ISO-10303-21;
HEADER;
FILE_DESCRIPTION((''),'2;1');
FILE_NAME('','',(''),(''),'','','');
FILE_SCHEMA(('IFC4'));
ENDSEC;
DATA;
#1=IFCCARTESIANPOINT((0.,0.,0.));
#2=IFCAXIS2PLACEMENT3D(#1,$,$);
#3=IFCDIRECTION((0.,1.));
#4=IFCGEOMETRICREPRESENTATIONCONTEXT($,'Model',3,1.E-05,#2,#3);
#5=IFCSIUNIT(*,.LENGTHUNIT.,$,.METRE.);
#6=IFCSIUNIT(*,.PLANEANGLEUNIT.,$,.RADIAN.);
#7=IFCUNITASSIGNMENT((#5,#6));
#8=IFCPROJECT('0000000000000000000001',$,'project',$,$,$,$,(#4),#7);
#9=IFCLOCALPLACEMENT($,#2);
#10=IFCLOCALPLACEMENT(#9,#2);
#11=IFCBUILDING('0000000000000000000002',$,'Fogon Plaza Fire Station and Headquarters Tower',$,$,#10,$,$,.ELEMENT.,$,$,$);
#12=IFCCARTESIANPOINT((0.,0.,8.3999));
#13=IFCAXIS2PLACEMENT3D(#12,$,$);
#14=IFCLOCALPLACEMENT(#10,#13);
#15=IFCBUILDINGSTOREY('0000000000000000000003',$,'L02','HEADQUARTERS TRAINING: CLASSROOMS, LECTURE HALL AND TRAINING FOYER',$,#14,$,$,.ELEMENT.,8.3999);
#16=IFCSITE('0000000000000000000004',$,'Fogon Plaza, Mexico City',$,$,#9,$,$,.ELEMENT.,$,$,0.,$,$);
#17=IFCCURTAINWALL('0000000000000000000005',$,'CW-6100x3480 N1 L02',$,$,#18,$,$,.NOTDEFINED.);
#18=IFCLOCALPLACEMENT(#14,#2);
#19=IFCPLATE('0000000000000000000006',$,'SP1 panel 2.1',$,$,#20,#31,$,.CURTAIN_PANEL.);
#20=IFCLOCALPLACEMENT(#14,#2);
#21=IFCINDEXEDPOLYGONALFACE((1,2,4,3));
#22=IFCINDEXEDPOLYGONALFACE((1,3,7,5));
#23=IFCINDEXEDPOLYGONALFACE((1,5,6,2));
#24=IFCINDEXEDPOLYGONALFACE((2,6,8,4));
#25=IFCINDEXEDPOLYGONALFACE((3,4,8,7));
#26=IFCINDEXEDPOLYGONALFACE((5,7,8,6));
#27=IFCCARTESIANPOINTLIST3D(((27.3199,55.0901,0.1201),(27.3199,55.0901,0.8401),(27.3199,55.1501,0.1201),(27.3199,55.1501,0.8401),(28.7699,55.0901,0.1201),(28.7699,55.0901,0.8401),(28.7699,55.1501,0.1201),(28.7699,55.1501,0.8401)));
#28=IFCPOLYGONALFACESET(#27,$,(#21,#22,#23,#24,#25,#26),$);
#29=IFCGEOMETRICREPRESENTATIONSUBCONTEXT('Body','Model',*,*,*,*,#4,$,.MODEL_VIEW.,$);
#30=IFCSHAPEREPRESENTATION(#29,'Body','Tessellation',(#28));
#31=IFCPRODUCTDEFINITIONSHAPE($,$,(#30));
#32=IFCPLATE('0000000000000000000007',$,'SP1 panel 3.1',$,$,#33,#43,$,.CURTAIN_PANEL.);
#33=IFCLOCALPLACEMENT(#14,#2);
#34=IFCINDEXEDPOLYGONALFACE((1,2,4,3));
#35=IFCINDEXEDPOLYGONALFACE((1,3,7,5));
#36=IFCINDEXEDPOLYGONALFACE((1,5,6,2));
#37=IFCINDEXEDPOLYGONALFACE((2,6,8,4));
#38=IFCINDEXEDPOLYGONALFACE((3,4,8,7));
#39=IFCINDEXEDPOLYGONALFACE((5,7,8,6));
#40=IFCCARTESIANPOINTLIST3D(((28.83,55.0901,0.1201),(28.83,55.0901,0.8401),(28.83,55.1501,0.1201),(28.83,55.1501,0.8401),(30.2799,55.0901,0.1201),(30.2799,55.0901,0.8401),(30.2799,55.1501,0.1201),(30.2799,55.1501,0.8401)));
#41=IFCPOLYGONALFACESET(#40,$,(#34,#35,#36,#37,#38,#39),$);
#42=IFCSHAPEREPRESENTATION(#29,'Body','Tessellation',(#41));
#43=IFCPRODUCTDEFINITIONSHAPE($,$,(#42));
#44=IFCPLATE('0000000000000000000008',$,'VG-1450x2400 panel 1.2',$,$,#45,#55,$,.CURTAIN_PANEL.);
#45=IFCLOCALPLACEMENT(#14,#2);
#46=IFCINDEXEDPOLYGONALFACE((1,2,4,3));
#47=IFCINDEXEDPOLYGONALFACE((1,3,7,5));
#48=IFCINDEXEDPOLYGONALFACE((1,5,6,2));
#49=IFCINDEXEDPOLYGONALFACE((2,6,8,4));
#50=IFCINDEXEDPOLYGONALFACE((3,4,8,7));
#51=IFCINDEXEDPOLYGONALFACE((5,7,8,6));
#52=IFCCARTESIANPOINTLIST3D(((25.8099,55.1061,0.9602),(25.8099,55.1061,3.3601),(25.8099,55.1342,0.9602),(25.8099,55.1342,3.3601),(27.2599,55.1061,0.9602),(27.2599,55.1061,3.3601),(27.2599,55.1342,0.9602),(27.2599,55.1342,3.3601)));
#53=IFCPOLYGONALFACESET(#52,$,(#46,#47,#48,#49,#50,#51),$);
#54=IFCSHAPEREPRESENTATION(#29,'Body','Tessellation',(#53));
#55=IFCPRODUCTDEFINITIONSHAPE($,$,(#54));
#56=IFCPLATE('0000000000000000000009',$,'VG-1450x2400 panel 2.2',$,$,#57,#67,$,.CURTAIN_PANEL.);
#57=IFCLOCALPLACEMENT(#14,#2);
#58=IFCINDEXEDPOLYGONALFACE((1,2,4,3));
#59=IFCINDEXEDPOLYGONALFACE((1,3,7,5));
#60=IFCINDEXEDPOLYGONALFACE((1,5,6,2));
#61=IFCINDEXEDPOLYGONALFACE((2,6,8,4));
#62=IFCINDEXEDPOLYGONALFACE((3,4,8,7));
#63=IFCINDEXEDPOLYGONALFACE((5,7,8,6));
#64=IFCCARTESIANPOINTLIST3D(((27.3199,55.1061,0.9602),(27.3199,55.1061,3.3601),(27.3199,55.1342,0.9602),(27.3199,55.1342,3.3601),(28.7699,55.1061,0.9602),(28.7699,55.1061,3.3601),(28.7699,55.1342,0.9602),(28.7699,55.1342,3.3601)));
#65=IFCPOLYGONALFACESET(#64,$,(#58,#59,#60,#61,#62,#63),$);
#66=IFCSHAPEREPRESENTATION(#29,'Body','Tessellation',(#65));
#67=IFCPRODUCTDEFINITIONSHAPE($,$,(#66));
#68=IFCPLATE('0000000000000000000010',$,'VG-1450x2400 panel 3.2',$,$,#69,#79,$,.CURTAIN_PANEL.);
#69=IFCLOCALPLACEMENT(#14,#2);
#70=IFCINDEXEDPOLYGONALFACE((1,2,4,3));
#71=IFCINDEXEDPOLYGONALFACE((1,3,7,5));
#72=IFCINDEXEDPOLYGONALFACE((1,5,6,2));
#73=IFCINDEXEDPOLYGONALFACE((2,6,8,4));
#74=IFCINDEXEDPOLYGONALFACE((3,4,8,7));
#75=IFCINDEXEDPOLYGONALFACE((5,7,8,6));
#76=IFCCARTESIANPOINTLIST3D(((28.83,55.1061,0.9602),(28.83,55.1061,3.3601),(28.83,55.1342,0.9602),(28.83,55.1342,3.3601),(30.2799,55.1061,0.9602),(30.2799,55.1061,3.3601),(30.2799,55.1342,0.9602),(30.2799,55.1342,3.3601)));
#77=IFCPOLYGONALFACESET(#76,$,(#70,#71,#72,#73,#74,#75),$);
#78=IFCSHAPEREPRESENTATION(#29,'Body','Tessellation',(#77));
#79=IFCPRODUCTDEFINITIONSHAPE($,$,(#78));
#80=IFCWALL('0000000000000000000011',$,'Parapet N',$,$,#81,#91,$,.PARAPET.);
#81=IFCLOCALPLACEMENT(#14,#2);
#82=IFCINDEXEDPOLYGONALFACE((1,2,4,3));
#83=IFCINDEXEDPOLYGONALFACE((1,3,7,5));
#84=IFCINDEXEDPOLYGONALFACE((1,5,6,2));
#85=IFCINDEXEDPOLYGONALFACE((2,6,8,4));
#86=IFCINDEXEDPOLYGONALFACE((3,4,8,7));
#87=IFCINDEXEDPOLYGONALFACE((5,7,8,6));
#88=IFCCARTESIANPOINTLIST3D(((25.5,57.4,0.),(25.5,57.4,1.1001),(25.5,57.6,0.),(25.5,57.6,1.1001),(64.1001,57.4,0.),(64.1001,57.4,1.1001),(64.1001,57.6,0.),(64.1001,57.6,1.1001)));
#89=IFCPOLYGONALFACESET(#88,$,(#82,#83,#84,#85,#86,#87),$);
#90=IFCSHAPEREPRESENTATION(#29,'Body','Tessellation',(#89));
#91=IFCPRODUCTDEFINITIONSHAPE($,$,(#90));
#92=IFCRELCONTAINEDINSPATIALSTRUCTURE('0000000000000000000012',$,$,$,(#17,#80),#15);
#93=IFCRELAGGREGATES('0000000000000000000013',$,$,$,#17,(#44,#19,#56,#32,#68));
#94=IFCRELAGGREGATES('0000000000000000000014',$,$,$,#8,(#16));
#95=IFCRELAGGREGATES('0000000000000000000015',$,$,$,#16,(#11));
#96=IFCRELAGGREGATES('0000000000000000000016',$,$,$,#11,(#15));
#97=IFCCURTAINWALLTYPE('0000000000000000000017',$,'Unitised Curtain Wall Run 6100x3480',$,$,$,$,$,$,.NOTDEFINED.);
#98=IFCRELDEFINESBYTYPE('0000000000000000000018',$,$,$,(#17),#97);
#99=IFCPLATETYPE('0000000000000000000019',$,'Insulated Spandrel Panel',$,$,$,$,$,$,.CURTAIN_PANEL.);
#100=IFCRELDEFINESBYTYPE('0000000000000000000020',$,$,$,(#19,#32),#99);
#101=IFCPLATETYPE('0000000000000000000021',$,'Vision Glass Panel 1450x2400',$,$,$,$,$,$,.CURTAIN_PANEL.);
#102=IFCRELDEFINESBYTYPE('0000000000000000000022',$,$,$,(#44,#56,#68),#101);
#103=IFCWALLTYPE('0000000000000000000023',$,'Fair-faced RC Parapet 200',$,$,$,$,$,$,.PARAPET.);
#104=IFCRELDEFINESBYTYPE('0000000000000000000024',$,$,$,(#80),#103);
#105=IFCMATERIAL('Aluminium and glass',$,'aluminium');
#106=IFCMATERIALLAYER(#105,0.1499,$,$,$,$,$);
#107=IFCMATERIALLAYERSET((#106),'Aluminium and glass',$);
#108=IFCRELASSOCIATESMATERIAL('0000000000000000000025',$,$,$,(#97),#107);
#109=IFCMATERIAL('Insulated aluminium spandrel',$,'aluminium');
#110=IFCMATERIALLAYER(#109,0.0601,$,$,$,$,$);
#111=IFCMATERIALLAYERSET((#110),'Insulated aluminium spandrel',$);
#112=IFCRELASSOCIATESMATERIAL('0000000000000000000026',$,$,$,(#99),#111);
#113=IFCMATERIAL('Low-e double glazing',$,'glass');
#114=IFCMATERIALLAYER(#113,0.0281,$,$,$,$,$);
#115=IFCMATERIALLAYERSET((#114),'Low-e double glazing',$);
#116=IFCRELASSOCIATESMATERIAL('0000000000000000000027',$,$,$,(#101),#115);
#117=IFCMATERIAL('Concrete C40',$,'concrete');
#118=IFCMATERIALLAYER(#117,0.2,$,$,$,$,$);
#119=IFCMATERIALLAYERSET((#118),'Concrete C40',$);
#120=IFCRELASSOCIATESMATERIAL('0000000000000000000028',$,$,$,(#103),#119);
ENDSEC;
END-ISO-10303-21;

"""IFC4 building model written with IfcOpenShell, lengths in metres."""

from ifc_helpers import new_model, si_unit, direction, frame, frame_2d, origin, origin_2d, place, context, subcontext, project, spatial, rectangle, extrude, material, layer, layer_set, type_object, element, aggregate, save


model = new_model("IFC4")

# Units and contexts
model_context = context("Model", 3, precision=1e-05, world=origin(), true_north=direction((0.0, 1.0)))
body_context = subcontext(model_context, "Body", "Model", "MODEL_VIEW")
ifc_project = project(units=[si_unit("LENGTHUNIT", "METRE"), si_unit("PLANEANGLEUNIT", "RADIAN")], contexts=[model_context])

# Site, building, storey
site_placement = place(None, origin())
site = spatial("IfcSite", under=ifc_project, at=site_placement, Name="Fogon Plaza, Mexico City", CompositionType="ELEMENT", RefElevation=0.0)
building_placement = place(site_placement, origin())
building = spatial("IfcBuilding", under=site, at=building_placement, Name="Fogon Plaza Fire Station and Headquarters Tower", CompositionType="ELEMENT")
storey_placement = place(building_placement, frame((0.0, 0.0, 8.3999)))
storey = spatial("IfcBuildingStorey", under=building, at=storey_placement, Name="L02", Description="HEADQUARTERS TRAINING: CLASSROOMS, LECTURE HALL AND TRAINING FOYER", CompositionType="ELEMENT", Elevation=8.3999)

# Curtain wall
ifc_material_1 = material(Name="Aluminium and glass", Category="aluminium")
ifc_layer_1 = layer(ifc_material_1, 0.1499)
ifc_layer_set_1 = layer_set([ifc_layer_1], Name="Aluminium and glass")
curtain_wall_type = type_object("IfcCurtainWallType", Name="Unitised Curtain Wall Run 6100x3480", PredefinedType="NOTDEFINED", material=ifc_layer_set_1)
curtain_wall_placement = place(storey_placement, origin())
curtain_wall = element("IfcCurtainWall", 1, at=curtain_wall_placement, inside=storey, type_object=curtain_wall_type, Name="CW-6100x3480 N1 L02", PredefinedType="NOTDEFINED")

# Plates
ifc_material_2 = material(Name="Insulated aluminium spandrel", Category="aluminium")
ifc_layer_2 = layer(ifc_material_2, 0.0601)
ifc_layer_set_2 = layer_set([ifc_layer_2], Name="Insulated aluminium spandrel")
plate_type_1 = type_object("IfcPlateType", Name="Insulated Spandrel Panel", PredefinedType="CURTAIN_PANEL", material=ifc_layer_set_2)
plate_1_placement = place(storey_placement, frame((28.0449, 55.1201, 0.1201), z_axis=(0.0, 0.0, 1.0), x_axis=(1.0, 0.0, 0.0)))
plate_1 = element("IfcPlate", 2, at=plate_1_placement, type_object=plate_type_1, Name="SP1 panel 2.1", PredefinedType="CURTAIN_PANEL", context=body_context, shape_type="SweptSolid", body=[
    extrude(rectangle(XDim=1.45, YDim=0.0601, at=origin_2d()), origin(), (0.0, 0.0, 1.0), 0.72),
])
plate_2_placement = place(storey_placement, frame((29.5549, 55.1201, 0.1201), z_axis=(0.0, 0.0, 1.0), x_axis=(1.0, 0.0, 0.0)))
plate_2 = element("IfcPlate", 3, at=plate_2_placement, type_object=plate_type_1, Name="SP1 panel 3.1", PredefinedType="CURTAIN_PANEL", context=body_context, shape_type="SweptSolid", body=[
    extrude(rectangle(XDim=1.45, YDim=0.0601, at=origin_2d()), origin(), (0.0, 0.0, 1.0), 0.72),
])
ifc_material_3 = material(Name="Low-e double glazing", Category="glass")
ifc_layer_3 = layer(ifc_material_3, 0.0281)
ifc_layer_set_3 = layer_set([ifc_layer_3], Name="Low-e double glazing")
plate_type_2 = type_object("IfcPlateType", Name="Vision Glass Panel 1450x2400", PredefinedType="CURTAIN_PANEL", material=ifc_layer_set_3)
plate_3_placement = place(storey_placement, frame((26.5349, 55.1201, 0.9602), z_axis=(0.0, 0.0, 1.0), x_axis=(1.0, 0.0, 0.0)))
plate_3 = element("IfcPlate", 4, at=plate_3_placement, type_object=plate_type_2, Name="VG-1450x2400 panel 1.2", PredefinedType="CURTAIN_PANEL", context=body_context, shape_type="SweptSolid", body=[
    extrude(rectangle(XDim=1.45, YDim=0.0281, at=origin_2d()), origin(), (0.0, 0.0, 1.0), 2.3999),
])
plate_4_placement = place(storey_placement, frame((28.0449, 55.1201, 0.9602), z_axis=(0.0, 0.0, 1.0), x_axis=(1.0, 0.0, 0.0)))
plate_4 = element("IfcPlate", 5, at=plate_4_placement, type_object=plate_type_2, Name="VG-1450x2400 panel 2.2", PredefinedType="CURTAIN_PANEL", context=body_context, shape_type="SweptSolid", body=[
    extrude(rectangle(XDim=1.45, YDim=0.0281, at=origin_2d()), origin(), (0.0, 0.0, 1.0), 2.3999),
])
plate_5_placement = place(storey_placement, frame((29.5549, 55.1201, 0.9602), z_axis=(0.0, 0.0, 1.0), x_axis=(1.0, 0.0, 0.0)))
plate_5 = element("IfcPlate", 6, at=plate_5_placement, type_object=plate_type_2, Name="VG-1450x2400 panel 3.2", PredefinedType="CURTAIN_PANEL", context=body_context, shape_type="SweptSolid", body=[
    extrude(rectangle(XDim=1.45, YDim=0.0281, at=origin_2d()), origin(), (0.0, 0.0, 1.0), 2.3999),
])
aggregate(curtain_wall, [plate_3, plate_1, plate_4, plate_2, plate_5])

# Wall
ifc_material_4 = material(Name="Concrete C40", Category="concrete")
ifc_layer_4 = layer(ifc_material_4, 0.2)
ifc_layer_set_4 = layer_set([ifc_layer_4], Name="Concrete C40")
wall_type = type_object("IfcWallType", Name="Fair-faced RC Parapet 200", PredefinedType="PARAPET", material=ifc_layer_set_4)
wall_placement = place(storey_placement, frame((25.5, 57.5, 0.0), z_axis=(0.0, 0.0, 1.0), x_axis=(1.0, 0.0, 0.0)))
element("IfcWall", 7, at=wall_placement, inside=storey, type_object=wall_type, Name="Parapet N", PredefinedType="PARAPET", context=body_context, shape_type="SweptSolid", body=[
    extrude(rectangle(XDim=38.6001, YDim=0.2, at=frame_2d((19.3, 0.0))), origin(), (0.0, 0.0, 1.0), 1.1001),
])

save(model, "model.ifc")
